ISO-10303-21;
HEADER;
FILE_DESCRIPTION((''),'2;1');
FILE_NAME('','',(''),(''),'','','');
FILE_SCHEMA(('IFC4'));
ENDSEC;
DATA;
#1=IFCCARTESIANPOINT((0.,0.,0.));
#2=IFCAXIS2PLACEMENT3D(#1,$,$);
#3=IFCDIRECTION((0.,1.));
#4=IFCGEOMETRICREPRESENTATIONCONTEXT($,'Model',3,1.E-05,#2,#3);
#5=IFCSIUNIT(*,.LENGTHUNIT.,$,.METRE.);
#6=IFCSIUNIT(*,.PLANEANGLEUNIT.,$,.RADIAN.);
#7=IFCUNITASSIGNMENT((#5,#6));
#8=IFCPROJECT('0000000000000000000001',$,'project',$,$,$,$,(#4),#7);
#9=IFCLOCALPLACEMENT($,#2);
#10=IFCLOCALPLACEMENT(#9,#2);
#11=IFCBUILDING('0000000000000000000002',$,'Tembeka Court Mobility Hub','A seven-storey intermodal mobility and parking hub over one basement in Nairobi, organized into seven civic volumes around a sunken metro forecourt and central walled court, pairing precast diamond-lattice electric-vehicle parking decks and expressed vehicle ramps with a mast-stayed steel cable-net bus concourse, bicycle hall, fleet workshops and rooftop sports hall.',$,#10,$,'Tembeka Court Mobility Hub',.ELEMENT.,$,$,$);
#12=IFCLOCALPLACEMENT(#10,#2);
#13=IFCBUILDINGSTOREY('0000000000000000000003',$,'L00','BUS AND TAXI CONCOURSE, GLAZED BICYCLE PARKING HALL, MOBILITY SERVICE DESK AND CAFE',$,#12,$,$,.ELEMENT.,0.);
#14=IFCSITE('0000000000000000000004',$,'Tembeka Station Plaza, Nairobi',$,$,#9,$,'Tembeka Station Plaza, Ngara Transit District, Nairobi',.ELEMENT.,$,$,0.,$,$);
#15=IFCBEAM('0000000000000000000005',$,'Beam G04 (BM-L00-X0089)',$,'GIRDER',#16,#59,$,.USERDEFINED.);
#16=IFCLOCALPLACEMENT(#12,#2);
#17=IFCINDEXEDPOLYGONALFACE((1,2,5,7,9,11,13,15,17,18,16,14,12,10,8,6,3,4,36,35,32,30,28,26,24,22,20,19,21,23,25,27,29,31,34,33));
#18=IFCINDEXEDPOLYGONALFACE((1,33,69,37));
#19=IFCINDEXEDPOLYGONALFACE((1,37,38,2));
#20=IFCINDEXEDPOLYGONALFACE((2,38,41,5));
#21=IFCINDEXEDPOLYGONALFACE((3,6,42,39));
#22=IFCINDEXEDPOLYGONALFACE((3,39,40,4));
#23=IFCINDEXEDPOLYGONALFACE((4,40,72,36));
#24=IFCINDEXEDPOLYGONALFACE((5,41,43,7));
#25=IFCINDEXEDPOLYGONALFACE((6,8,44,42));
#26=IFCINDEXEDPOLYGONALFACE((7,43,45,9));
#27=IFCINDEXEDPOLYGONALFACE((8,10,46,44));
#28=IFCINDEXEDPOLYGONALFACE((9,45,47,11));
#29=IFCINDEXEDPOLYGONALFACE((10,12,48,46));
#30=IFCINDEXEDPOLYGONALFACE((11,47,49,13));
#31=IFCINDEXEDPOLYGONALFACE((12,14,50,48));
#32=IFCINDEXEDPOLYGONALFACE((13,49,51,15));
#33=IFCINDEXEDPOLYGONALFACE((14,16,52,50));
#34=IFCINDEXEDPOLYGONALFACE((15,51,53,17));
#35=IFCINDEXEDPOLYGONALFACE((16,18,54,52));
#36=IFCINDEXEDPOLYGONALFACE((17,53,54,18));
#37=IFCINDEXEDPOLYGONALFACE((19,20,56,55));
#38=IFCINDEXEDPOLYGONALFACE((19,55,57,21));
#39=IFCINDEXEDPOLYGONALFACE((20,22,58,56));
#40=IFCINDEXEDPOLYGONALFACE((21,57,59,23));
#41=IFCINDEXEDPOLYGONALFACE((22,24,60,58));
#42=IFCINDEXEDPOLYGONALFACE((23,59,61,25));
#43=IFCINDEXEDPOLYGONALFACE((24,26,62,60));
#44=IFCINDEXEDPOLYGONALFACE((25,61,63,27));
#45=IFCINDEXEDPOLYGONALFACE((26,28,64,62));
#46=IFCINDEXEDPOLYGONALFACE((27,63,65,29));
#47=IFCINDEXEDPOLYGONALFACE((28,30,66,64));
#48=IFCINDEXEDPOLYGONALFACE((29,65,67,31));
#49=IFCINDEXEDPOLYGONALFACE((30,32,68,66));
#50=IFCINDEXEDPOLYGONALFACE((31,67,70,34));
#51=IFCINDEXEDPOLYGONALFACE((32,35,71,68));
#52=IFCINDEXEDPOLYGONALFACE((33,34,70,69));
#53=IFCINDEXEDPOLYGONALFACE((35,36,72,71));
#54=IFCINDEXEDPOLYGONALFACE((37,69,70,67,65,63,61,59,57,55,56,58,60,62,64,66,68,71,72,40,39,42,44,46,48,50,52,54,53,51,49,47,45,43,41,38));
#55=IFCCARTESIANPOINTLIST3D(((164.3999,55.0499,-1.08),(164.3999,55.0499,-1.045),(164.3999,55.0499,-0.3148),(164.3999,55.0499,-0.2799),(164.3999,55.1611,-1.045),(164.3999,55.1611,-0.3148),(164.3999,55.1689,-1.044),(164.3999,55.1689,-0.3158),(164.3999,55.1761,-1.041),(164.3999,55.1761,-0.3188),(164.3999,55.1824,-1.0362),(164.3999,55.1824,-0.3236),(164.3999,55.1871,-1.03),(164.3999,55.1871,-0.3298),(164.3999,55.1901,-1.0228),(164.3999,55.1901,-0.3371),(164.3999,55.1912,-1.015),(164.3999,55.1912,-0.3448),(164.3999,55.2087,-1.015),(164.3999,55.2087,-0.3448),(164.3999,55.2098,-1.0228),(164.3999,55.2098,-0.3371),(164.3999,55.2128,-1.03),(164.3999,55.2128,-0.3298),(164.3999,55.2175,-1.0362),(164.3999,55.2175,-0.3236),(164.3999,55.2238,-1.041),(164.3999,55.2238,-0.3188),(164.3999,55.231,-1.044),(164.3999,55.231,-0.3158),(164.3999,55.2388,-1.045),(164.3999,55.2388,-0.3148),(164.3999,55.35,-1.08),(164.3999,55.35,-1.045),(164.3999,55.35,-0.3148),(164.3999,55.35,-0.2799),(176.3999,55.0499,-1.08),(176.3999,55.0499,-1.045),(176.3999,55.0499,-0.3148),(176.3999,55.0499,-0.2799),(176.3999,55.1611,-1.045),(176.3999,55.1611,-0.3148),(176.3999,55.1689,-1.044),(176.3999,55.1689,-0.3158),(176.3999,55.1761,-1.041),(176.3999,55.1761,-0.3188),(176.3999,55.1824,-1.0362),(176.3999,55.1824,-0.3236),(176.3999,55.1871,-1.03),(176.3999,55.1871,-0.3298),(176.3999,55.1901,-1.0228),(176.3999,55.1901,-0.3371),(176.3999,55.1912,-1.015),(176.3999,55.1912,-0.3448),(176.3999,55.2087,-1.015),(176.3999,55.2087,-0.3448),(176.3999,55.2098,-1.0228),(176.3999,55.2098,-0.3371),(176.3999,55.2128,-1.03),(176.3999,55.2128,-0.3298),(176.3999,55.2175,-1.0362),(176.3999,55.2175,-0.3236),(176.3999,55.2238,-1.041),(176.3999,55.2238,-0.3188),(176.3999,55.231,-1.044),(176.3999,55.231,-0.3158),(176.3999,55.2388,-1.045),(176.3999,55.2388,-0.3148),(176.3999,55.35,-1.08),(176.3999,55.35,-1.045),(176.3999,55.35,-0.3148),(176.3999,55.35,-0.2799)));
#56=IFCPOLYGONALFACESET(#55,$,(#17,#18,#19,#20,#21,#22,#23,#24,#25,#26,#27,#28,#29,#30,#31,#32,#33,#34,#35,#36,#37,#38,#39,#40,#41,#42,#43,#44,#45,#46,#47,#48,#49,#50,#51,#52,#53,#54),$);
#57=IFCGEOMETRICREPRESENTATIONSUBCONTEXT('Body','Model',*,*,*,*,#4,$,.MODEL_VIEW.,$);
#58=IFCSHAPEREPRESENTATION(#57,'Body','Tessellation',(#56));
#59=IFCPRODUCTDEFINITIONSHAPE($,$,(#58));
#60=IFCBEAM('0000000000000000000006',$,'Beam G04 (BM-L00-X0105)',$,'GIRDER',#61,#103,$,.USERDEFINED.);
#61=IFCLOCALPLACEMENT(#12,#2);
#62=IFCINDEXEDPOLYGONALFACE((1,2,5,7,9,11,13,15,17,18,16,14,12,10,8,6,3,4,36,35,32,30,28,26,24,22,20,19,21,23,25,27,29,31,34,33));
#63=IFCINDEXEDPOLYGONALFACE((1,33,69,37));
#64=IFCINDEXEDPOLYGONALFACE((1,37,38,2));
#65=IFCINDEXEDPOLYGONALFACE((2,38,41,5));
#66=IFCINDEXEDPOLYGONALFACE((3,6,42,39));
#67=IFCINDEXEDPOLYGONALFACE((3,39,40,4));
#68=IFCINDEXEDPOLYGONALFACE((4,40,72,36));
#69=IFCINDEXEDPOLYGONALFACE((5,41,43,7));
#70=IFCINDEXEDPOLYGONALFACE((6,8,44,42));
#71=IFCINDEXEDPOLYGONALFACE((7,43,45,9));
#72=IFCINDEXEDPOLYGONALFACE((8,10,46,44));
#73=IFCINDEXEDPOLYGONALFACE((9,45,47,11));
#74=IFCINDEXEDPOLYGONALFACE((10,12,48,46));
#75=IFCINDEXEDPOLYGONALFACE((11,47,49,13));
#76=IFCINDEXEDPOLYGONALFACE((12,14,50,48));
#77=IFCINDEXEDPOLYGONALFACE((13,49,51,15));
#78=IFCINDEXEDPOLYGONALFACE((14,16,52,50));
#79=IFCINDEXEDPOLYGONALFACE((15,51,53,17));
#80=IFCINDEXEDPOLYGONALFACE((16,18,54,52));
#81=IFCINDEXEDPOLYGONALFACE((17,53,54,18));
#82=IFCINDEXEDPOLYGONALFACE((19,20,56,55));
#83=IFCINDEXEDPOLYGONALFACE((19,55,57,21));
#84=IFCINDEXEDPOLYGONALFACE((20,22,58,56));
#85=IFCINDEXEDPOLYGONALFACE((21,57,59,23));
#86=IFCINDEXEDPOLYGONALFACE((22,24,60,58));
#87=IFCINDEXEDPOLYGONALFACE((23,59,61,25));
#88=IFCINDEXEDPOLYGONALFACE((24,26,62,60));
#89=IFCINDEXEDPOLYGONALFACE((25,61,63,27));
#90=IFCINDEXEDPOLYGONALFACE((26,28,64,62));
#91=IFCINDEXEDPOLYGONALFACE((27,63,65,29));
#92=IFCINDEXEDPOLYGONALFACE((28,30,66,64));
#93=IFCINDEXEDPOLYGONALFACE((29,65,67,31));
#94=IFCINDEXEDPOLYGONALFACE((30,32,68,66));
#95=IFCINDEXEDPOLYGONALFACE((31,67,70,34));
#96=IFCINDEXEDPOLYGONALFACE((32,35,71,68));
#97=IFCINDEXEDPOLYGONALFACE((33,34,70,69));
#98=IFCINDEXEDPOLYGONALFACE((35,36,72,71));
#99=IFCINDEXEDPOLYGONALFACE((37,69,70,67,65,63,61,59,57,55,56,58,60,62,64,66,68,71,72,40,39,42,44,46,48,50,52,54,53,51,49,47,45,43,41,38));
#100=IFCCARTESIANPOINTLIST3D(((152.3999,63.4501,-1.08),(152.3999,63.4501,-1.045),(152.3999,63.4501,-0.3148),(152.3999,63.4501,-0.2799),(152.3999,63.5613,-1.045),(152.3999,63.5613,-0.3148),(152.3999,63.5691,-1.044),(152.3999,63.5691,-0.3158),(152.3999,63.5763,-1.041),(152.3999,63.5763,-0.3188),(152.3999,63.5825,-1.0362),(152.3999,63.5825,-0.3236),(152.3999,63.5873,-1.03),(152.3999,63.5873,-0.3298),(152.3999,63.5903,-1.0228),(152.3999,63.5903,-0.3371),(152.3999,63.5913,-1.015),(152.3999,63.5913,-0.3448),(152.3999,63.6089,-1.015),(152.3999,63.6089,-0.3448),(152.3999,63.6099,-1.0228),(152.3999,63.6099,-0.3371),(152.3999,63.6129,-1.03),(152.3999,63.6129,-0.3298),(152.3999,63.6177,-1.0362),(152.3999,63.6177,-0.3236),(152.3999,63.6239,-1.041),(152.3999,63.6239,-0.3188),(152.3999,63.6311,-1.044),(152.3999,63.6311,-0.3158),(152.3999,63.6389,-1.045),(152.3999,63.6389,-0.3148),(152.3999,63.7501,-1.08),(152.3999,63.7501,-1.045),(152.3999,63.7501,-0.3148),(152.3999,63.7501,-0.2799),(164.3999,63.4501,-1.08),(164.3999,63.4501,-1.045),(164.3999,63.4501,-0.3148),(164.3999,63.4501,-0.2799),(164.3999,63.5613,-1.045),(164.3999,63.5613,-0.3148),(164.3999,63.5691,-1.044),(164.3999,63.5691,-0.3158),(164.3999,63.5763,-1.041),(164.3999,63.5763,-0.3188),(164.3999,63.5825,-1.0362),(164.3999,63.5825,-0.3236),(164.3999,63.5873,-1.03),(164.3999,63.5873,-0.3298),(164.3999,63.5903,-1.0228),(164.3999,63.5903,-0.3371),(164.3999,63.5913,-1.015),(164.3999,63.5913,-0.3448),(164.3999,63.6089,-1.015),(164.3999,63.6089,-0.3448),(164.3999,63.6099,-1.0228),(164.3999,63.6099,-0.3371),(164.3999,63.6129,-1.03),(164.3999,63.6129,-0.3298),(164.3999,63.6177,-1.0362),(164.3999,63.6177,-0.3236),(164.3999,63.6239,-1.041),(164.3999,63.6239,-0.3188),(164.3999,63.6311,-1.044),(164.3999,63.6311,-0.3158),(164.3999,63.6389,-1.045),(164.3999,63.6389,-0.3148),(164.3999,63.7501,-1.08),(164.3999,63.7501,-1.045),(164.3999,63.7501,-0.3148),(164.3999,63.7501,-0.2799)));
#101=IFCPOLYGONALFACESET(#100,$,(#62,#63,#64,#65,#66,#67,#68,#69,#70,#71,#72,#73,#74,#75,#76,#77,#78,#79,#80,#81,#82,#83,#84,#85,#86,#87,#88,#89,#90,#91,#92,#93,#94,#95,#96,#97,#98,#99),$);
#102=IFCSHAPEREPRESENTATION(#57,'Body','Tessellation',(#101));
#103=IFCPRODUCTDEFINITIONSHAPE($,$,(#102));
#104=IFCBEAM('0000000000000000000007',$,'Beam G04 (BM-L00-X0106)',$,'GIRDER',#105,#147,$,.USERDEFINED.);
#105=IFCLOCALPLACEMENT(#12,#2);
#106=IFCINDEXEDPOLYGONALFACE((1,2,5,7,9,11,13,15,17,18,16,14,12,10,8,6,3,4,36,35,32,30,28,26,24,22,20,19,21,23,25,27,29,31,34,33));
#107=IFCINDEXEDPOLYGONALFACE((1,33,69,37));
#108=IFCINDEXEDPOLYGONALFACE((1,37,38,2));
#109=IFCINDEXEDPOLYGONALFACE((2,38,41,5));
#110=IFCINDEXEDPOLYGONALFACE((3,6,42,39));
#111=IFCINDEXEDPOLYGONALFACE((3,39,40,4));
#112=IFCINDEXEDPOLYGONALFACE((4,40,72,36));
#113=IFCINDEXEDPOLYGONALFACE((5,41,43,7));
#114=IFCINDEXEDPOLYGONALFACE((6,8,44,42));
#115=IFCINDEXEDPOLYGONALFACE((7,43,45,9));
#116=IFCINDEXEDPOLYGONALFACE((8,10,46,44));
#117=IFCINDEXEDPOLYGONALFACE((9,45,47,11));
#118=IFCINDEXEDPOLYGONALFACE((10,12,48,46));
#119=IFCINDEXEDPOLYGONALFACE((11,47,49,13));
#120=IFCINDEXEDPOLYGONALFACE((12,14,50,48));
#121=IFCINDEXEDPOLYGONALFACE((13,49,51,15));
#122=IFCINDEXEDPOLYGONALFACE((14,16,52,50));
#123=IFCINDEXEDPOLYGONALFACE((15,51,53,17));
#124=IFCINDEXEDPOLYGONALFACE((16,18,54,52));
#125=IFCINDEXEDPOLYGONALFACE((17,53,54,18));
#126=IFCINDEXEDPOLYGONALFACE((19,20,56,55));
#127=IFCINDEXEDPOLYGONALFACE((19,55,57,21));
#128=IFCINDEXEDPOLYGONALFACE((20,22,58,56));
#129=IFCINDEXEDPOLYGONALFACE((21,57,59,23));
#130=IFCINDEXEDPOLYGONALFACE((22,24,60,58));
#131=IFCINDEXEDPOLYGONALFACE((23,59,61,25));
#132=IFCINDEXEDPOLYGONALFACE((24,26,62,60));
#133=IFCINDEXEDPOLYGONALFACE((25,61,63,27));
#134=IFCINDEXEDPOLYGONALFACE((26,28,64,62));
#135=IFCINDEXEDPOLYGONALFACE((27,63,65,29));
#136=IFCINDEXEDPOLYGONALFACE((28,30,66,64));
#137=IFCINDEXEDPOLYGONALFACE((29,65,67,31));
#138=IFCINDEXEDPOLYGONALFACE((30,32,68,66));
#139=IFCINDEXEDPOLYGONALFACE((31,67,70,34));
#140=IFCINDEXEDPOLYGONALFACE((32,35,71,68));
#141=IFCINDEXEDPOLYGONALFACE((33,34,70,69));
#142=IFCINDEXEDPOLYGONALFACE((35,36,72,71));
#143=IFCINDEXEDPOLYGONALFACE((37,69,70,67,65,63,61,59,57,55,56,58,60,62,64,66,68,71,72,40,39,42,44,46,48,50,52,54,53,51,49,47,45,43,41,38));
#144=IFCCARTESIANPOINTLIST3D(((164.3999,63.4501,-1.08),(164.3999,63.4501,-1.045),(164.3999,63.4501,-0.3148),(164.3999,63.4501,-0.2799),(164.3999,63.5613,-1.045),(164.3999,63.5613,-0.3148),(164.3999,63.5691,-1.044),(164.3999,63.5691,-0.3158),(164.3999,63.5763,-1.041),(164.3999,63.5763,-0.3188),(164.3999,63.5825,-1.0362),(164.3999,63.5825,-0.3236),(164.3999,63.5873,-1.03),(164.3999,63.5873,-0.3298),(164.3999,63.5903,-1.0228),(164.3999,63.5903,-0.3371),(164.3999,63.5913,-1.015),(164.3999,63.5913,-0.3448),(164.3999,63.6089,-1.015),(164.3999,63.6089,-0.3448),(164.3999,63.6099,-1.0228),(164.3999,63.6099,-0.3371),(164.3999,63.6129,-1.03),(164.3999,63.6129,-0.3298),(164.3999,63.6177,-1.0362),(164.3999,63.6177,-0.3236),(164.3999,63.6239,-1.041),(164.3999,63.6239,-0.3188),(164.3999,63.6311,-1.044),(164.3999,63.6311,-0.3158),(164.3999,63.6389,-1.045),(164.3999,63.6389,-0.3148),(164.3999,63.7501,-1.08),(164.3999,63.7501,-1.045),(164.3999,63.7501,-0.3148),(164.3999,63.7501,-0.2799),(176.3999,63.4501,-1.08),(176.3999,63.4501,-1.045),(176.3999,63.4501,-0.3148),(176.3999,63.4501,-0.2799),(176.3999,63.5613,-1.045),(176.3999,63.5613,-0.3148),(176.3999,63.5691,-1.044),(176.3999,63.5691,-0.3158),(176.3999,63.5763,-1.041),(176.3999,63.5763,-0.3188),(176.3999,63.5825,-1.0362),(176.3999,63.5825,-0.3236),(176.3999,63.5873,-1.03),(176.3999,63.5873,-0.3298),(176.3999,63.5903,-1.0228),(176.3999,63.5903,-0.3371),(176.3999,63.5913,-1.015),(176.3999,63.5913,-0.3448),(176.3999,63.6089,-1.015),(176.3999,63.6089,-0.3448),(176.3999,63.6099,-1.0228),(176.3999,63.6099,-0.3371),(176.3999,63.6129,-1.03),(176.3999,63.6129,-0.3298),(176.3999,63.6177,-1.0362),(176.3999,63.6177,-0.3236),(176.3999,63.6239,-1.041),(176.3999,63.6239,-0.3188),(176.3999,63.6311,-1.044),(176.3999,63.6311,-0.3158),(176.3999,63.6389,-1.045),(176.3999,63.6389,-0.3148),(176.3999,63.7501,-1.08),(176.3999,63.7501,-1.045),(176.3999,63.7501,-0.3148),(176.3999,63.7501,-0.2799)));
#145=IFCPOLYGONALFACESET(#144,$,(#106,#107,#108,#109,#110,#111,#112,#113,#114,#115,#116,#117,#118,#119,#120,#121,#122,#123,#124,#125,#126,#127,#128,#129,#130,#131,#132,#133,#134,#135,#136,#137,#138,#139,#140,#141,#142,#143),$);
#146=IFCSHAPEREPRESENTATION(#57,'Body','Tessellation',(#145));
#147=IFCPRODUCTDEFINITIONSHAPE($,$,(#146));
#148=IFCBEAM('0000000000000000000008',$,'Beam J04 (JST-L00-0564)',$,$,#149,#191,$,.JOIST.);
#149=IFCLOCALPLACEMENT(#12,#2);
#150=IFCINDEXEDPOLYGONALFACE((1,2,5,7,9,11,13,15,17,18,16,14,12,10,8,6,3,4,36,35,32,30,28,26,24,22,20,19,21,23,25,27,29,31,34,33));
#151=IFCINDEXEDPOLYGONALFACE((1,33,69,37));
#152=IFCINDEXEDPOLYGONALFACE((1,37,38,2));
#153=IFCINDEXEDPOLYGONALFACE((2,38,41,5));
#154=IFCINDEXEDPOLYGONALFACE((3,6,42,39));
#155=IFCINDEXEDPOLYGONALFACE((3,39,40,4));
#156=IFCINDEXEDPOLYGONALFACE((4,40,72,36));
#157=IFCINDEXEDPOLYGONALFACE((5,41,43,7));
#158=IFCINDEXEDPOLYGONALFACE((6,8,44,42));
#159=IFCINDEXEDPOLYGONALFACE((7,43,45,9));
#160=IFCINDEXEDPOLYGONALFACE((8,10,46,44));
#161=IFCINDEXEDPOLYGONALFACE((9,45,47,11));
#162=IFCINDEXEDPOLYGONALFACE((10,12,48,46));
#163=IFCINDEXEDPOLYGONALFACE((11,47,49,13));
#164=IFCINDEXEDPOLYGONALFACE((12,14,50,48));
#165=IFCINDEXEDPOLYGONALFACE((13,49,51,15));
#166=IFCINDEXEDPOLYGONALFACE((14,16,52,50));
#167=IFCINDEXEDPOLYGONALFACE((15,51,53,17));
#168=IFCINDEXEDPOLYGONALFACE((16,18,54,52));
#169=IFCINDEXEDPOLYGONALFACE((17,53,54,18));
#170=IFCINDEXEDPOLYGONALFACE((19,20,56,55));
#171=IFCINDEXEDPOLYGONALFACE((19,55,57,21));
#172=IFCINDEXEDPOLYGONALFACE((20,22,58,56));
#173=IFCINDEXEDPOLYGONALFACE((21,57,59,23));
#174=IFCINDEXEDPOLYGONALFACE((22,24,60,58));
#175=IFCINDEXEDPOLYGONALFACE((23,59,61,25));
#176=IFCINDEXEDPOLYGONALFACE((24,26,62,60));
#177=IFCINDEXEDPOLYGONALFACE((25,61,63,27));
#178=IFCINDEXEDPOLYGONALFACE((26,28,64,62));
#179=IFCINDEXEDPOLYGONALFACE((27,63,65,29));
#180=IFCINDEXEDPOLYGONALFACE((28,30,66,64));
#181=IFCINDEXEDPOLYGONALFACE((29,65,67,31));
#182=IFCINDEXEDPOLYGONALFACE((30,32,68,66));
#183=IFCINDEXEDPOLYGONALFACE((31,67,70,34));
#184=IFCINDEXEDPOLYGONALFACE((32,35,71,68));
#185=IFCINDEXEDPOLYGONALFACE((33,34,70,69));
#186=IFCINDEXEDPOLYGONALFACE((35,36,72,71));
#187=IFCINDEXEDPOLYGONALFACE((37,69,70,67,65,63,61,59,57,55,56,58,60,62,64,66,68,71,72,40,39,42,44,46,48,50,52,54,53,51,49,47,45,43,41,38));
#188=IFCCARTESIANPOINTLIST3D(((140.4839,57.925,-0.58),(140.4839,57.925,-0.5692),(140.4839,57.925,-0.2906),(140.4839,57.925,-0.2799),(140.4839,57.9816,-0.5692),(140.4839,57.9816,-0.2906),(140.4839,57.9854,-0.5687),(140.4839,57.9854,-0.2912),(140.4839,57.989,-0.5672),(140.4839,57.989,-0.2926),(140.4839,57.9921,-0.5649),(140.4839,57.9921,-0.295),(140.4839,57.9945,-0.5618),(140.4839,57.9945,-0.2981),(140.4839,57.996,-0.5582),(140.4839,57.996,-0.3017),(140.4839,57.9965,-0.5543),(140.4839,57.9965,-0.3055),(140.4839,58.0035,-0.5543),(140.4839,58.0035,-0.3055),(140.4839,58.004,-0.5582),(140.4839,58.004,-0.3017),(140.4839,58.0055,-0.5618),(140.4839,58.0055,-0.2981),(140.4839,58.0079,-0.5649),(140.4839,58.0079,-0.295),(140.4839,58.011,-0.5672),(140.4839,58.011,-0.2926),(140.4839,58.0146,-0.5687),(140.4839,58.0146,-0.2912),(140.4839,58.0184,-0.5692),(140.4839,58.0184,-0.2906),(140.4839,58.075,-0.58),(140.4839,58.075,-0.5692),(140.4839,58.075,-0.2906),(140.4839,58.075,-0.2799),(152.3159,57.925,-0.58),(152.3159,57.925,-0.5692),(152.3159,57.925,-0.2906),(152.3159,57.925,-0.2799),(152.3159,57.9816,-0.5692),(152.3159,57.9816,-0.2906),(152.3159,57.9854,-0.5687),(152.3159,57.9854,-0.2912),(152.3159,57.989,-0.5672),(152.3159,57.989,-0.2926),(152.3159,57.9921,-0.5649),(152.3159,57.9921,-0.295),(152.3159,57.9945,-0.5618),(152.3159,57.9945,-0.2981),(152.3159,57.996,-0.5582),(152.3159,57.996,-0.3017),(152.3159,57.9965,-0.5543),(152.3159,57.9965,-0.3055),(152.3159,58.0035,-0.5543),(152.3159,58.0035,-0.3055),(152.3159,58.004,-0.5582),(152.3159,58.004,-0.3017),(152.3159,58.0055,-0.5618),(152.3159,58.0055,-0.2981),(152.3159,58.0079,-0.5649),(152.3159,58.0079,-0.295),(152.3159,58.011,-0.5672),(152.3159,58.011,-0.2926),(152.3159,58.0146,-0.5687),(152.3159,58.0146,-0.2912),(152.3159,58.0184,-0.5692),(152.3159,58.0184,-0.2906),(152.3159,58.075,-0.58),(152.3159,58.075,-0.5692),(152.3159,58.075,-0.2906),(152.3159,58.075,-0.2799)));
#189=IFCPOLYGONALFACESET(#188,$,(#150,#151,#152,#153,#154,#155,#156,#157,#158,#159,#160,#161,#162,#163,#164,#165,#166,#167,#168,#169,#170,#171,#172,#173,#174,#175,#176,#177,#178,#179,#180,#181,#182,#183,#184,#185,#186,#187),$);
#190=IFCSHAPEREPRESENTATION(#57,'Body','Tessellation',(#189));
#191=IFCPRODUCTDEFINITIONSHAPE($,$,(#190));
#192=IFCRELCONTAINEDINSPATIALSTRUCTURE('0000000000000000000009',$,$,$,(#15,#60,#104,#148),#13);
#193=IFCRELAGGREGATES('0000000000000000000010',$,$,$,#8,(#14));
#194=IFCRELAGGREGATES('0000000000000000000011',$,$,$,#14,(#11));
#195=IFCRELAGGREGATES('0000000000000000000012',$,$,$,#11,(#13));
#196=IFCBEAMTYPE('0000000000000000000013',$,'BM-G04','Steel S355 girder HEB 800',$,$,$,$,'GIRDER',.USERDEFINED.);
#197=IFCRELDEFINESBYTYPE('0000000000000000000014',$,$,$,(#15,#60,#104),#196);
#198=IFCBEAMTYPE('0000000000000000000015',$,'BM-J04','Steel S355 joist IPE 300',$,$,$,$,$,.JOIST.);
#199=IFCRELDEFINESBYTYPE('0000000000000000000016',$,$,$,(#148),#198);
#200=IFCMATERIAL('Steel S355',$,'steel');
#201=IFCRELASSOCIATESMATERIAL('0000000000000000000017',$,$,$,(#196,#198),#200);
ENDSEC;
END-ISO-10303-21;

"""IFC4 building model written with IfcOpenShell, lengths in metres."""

from ifc_helpers import new_model, si_unit, direction, frame, origin, origin_2d, place, context, subcontext, project, spatial, i_section, extrude, material, material_profile, profile_set, type_object, element, save


model = new_model("IFC4")

# Units and contexts
model_context = context("Model", 3, precision=1e-05, world=origin(), true_north=direction((0.0, 1.0)))
body_context = subcontext(model_context, "Body", "Model", "MODEL_VIEW")
ifc_project = project(units=[si_unit("LENGTHUNIT", "METRE"), si_unit("PLANEANGLEUNIT", "RADIAN")], contexts=[model_context])

# Site, building, storey
site_placement = place(None, origin())
site = spatial("IfcSite", under=ifc_project, at=site_placement, Name="Tembeka Station Plaza, Nairobi", LongName="Tembeka Station Plaza, Ngara Transit District, Nairobi", CompositionType="ELEMENT", RefElevation=0.0)
building_placement = place(site_placement, origin())
building = spatial("IfcBuilding", under=site, at=building_placement, Name="Tembeka Court Mobility Hub", Description="A seven-storey intermodal mobility and parking hub over one basement in Nairobi, organized into seven civic volumes around a sunken metro forecourt and central walled court, pairing precast diamond-lattice electric-vehicle parking decks and expressed vehicle ramps with a mast-stayed steel cable-net bus concourse, bicycle hall, fleet workshops and rooftop sports hall.", LongName="Tembeka Court Mobility Hub", CompositionType="ELEMENT")
storey_placement = place(building_placement, origin())
storey = spatial("IfcBuildingStorey", under=building, at=storey_placement, Name="L00", Description="BUS AND TAXI CONCOURSE, GLAZED BICYCLE PARKING HALL, MOBILITY SERVICE DESK AND CAFE", CompositionType="ELEMENT", Elevation=0.0)

# Shared definitions
ifc_material = material(Name="Steel S355", Category="steel")

# Beams
ifc_material_profile_1 = material_profile(ifc_material, i_section(OverallWidth=0.3, OverallDepth=0.8, WebThickness=0.0176, FlangeThickness=0.0349, FilletRadius=0.03, at=origin_2d()), Name="HEB 800")
ifc_profile_set_1 = profile_set([ifc_material_profile_1], Name="Steel S355")
beam_type_1 = type_object("IfcBeamType", Name="BM-G04", Description="Steel S355 girder HEB 800", ElementType="GIRDER", PredefinedType="USERDEFINED", material=ifc_profile_set_1)
for number, where, z_axis, x_axis, name in (
    (1, (164.3999, 55.2, -0.6799), (1.0, 0.0, 0.0), (0.0, 1.0, 0.0), "Beam G04 (BM-L00-X0089)"),
    (2, (152.3999, 63.6001, -0.6799), (1.0, 0.0, 0.0), (0.0, 1.0, 0.0), "Beam G04 (BM-L00-X0105)"),
    (3, (164.3999, 63.6001, -0.6799), (1.0, 0.0, 0.0), (0.0, 1.0, 0.0), "Beam G04 (BM-L00-X0106)"),
):
    element("IfcBeam", number, at=place(storey_placement, frame(where, z_axis=z_axis, x_axis=x_axis)), inside=storey, type_object=beam_type_1, Name=name, ObjectType="GIRDER", PredefinedType="USERDEFINED", context=body_context, shape_type="SweptSolid", body=[
        extrude(i_section(OverallWidth=0.3, OverallDepth=0.8, WebThickness=0.0176, FlangeThickness=0.0349, FilletRadius=0.03, at=origin_2d()), origin(), (0.0, 0.0, 1.0), 12.0),
    ])
ifc_material_profile_2 = material_profile(ifc_material, i_section(OverallWidth=0.1499, OverallDepth=0.3, WebThickness=0.0071, FlangeThickness=0.0107, FilletRadius=0.0149, at=origin_2d()), Name="IPE 300")
ifc_profile_set_2 = profile_set([ifc_material_profile_2], Name="Steel S355")
beam_type_2 = type_object("IfcBeamType", Name="BM-J04", Description="Steel S355 joist IPE 300", PredefinedType="JOIST", material=ifc_profile_set_2)
for number, where, z_axis, x_axis, name in (
    (4, (140.4839, 58.0, -0.4299), (1.0, 0.0, 0.0), (0.0, 1.0, 0.0), "Beam J04 (JST-L00-0564)"),
):
    element("IfcBeam", number, at=place(storey_placement, frame(where, z_axis=z_axis, x_axis=x_axis)), inside=storey, type_object=beam_type_2, Name=name, PredefinedType="JOIST", context=body_context, shape_type="SweptSolid", body=[
        extrude(i_section(OverallWidth=0.1499, OverallDepth=0.3, WebThickness=0.0071, FlangeThickness=0.0107, FilletRadius=0.0149, at=origin_2d()), origin(), (0.0, 0.0, 1.0), 11.832),
    ])

save(model, "model.ifc")
